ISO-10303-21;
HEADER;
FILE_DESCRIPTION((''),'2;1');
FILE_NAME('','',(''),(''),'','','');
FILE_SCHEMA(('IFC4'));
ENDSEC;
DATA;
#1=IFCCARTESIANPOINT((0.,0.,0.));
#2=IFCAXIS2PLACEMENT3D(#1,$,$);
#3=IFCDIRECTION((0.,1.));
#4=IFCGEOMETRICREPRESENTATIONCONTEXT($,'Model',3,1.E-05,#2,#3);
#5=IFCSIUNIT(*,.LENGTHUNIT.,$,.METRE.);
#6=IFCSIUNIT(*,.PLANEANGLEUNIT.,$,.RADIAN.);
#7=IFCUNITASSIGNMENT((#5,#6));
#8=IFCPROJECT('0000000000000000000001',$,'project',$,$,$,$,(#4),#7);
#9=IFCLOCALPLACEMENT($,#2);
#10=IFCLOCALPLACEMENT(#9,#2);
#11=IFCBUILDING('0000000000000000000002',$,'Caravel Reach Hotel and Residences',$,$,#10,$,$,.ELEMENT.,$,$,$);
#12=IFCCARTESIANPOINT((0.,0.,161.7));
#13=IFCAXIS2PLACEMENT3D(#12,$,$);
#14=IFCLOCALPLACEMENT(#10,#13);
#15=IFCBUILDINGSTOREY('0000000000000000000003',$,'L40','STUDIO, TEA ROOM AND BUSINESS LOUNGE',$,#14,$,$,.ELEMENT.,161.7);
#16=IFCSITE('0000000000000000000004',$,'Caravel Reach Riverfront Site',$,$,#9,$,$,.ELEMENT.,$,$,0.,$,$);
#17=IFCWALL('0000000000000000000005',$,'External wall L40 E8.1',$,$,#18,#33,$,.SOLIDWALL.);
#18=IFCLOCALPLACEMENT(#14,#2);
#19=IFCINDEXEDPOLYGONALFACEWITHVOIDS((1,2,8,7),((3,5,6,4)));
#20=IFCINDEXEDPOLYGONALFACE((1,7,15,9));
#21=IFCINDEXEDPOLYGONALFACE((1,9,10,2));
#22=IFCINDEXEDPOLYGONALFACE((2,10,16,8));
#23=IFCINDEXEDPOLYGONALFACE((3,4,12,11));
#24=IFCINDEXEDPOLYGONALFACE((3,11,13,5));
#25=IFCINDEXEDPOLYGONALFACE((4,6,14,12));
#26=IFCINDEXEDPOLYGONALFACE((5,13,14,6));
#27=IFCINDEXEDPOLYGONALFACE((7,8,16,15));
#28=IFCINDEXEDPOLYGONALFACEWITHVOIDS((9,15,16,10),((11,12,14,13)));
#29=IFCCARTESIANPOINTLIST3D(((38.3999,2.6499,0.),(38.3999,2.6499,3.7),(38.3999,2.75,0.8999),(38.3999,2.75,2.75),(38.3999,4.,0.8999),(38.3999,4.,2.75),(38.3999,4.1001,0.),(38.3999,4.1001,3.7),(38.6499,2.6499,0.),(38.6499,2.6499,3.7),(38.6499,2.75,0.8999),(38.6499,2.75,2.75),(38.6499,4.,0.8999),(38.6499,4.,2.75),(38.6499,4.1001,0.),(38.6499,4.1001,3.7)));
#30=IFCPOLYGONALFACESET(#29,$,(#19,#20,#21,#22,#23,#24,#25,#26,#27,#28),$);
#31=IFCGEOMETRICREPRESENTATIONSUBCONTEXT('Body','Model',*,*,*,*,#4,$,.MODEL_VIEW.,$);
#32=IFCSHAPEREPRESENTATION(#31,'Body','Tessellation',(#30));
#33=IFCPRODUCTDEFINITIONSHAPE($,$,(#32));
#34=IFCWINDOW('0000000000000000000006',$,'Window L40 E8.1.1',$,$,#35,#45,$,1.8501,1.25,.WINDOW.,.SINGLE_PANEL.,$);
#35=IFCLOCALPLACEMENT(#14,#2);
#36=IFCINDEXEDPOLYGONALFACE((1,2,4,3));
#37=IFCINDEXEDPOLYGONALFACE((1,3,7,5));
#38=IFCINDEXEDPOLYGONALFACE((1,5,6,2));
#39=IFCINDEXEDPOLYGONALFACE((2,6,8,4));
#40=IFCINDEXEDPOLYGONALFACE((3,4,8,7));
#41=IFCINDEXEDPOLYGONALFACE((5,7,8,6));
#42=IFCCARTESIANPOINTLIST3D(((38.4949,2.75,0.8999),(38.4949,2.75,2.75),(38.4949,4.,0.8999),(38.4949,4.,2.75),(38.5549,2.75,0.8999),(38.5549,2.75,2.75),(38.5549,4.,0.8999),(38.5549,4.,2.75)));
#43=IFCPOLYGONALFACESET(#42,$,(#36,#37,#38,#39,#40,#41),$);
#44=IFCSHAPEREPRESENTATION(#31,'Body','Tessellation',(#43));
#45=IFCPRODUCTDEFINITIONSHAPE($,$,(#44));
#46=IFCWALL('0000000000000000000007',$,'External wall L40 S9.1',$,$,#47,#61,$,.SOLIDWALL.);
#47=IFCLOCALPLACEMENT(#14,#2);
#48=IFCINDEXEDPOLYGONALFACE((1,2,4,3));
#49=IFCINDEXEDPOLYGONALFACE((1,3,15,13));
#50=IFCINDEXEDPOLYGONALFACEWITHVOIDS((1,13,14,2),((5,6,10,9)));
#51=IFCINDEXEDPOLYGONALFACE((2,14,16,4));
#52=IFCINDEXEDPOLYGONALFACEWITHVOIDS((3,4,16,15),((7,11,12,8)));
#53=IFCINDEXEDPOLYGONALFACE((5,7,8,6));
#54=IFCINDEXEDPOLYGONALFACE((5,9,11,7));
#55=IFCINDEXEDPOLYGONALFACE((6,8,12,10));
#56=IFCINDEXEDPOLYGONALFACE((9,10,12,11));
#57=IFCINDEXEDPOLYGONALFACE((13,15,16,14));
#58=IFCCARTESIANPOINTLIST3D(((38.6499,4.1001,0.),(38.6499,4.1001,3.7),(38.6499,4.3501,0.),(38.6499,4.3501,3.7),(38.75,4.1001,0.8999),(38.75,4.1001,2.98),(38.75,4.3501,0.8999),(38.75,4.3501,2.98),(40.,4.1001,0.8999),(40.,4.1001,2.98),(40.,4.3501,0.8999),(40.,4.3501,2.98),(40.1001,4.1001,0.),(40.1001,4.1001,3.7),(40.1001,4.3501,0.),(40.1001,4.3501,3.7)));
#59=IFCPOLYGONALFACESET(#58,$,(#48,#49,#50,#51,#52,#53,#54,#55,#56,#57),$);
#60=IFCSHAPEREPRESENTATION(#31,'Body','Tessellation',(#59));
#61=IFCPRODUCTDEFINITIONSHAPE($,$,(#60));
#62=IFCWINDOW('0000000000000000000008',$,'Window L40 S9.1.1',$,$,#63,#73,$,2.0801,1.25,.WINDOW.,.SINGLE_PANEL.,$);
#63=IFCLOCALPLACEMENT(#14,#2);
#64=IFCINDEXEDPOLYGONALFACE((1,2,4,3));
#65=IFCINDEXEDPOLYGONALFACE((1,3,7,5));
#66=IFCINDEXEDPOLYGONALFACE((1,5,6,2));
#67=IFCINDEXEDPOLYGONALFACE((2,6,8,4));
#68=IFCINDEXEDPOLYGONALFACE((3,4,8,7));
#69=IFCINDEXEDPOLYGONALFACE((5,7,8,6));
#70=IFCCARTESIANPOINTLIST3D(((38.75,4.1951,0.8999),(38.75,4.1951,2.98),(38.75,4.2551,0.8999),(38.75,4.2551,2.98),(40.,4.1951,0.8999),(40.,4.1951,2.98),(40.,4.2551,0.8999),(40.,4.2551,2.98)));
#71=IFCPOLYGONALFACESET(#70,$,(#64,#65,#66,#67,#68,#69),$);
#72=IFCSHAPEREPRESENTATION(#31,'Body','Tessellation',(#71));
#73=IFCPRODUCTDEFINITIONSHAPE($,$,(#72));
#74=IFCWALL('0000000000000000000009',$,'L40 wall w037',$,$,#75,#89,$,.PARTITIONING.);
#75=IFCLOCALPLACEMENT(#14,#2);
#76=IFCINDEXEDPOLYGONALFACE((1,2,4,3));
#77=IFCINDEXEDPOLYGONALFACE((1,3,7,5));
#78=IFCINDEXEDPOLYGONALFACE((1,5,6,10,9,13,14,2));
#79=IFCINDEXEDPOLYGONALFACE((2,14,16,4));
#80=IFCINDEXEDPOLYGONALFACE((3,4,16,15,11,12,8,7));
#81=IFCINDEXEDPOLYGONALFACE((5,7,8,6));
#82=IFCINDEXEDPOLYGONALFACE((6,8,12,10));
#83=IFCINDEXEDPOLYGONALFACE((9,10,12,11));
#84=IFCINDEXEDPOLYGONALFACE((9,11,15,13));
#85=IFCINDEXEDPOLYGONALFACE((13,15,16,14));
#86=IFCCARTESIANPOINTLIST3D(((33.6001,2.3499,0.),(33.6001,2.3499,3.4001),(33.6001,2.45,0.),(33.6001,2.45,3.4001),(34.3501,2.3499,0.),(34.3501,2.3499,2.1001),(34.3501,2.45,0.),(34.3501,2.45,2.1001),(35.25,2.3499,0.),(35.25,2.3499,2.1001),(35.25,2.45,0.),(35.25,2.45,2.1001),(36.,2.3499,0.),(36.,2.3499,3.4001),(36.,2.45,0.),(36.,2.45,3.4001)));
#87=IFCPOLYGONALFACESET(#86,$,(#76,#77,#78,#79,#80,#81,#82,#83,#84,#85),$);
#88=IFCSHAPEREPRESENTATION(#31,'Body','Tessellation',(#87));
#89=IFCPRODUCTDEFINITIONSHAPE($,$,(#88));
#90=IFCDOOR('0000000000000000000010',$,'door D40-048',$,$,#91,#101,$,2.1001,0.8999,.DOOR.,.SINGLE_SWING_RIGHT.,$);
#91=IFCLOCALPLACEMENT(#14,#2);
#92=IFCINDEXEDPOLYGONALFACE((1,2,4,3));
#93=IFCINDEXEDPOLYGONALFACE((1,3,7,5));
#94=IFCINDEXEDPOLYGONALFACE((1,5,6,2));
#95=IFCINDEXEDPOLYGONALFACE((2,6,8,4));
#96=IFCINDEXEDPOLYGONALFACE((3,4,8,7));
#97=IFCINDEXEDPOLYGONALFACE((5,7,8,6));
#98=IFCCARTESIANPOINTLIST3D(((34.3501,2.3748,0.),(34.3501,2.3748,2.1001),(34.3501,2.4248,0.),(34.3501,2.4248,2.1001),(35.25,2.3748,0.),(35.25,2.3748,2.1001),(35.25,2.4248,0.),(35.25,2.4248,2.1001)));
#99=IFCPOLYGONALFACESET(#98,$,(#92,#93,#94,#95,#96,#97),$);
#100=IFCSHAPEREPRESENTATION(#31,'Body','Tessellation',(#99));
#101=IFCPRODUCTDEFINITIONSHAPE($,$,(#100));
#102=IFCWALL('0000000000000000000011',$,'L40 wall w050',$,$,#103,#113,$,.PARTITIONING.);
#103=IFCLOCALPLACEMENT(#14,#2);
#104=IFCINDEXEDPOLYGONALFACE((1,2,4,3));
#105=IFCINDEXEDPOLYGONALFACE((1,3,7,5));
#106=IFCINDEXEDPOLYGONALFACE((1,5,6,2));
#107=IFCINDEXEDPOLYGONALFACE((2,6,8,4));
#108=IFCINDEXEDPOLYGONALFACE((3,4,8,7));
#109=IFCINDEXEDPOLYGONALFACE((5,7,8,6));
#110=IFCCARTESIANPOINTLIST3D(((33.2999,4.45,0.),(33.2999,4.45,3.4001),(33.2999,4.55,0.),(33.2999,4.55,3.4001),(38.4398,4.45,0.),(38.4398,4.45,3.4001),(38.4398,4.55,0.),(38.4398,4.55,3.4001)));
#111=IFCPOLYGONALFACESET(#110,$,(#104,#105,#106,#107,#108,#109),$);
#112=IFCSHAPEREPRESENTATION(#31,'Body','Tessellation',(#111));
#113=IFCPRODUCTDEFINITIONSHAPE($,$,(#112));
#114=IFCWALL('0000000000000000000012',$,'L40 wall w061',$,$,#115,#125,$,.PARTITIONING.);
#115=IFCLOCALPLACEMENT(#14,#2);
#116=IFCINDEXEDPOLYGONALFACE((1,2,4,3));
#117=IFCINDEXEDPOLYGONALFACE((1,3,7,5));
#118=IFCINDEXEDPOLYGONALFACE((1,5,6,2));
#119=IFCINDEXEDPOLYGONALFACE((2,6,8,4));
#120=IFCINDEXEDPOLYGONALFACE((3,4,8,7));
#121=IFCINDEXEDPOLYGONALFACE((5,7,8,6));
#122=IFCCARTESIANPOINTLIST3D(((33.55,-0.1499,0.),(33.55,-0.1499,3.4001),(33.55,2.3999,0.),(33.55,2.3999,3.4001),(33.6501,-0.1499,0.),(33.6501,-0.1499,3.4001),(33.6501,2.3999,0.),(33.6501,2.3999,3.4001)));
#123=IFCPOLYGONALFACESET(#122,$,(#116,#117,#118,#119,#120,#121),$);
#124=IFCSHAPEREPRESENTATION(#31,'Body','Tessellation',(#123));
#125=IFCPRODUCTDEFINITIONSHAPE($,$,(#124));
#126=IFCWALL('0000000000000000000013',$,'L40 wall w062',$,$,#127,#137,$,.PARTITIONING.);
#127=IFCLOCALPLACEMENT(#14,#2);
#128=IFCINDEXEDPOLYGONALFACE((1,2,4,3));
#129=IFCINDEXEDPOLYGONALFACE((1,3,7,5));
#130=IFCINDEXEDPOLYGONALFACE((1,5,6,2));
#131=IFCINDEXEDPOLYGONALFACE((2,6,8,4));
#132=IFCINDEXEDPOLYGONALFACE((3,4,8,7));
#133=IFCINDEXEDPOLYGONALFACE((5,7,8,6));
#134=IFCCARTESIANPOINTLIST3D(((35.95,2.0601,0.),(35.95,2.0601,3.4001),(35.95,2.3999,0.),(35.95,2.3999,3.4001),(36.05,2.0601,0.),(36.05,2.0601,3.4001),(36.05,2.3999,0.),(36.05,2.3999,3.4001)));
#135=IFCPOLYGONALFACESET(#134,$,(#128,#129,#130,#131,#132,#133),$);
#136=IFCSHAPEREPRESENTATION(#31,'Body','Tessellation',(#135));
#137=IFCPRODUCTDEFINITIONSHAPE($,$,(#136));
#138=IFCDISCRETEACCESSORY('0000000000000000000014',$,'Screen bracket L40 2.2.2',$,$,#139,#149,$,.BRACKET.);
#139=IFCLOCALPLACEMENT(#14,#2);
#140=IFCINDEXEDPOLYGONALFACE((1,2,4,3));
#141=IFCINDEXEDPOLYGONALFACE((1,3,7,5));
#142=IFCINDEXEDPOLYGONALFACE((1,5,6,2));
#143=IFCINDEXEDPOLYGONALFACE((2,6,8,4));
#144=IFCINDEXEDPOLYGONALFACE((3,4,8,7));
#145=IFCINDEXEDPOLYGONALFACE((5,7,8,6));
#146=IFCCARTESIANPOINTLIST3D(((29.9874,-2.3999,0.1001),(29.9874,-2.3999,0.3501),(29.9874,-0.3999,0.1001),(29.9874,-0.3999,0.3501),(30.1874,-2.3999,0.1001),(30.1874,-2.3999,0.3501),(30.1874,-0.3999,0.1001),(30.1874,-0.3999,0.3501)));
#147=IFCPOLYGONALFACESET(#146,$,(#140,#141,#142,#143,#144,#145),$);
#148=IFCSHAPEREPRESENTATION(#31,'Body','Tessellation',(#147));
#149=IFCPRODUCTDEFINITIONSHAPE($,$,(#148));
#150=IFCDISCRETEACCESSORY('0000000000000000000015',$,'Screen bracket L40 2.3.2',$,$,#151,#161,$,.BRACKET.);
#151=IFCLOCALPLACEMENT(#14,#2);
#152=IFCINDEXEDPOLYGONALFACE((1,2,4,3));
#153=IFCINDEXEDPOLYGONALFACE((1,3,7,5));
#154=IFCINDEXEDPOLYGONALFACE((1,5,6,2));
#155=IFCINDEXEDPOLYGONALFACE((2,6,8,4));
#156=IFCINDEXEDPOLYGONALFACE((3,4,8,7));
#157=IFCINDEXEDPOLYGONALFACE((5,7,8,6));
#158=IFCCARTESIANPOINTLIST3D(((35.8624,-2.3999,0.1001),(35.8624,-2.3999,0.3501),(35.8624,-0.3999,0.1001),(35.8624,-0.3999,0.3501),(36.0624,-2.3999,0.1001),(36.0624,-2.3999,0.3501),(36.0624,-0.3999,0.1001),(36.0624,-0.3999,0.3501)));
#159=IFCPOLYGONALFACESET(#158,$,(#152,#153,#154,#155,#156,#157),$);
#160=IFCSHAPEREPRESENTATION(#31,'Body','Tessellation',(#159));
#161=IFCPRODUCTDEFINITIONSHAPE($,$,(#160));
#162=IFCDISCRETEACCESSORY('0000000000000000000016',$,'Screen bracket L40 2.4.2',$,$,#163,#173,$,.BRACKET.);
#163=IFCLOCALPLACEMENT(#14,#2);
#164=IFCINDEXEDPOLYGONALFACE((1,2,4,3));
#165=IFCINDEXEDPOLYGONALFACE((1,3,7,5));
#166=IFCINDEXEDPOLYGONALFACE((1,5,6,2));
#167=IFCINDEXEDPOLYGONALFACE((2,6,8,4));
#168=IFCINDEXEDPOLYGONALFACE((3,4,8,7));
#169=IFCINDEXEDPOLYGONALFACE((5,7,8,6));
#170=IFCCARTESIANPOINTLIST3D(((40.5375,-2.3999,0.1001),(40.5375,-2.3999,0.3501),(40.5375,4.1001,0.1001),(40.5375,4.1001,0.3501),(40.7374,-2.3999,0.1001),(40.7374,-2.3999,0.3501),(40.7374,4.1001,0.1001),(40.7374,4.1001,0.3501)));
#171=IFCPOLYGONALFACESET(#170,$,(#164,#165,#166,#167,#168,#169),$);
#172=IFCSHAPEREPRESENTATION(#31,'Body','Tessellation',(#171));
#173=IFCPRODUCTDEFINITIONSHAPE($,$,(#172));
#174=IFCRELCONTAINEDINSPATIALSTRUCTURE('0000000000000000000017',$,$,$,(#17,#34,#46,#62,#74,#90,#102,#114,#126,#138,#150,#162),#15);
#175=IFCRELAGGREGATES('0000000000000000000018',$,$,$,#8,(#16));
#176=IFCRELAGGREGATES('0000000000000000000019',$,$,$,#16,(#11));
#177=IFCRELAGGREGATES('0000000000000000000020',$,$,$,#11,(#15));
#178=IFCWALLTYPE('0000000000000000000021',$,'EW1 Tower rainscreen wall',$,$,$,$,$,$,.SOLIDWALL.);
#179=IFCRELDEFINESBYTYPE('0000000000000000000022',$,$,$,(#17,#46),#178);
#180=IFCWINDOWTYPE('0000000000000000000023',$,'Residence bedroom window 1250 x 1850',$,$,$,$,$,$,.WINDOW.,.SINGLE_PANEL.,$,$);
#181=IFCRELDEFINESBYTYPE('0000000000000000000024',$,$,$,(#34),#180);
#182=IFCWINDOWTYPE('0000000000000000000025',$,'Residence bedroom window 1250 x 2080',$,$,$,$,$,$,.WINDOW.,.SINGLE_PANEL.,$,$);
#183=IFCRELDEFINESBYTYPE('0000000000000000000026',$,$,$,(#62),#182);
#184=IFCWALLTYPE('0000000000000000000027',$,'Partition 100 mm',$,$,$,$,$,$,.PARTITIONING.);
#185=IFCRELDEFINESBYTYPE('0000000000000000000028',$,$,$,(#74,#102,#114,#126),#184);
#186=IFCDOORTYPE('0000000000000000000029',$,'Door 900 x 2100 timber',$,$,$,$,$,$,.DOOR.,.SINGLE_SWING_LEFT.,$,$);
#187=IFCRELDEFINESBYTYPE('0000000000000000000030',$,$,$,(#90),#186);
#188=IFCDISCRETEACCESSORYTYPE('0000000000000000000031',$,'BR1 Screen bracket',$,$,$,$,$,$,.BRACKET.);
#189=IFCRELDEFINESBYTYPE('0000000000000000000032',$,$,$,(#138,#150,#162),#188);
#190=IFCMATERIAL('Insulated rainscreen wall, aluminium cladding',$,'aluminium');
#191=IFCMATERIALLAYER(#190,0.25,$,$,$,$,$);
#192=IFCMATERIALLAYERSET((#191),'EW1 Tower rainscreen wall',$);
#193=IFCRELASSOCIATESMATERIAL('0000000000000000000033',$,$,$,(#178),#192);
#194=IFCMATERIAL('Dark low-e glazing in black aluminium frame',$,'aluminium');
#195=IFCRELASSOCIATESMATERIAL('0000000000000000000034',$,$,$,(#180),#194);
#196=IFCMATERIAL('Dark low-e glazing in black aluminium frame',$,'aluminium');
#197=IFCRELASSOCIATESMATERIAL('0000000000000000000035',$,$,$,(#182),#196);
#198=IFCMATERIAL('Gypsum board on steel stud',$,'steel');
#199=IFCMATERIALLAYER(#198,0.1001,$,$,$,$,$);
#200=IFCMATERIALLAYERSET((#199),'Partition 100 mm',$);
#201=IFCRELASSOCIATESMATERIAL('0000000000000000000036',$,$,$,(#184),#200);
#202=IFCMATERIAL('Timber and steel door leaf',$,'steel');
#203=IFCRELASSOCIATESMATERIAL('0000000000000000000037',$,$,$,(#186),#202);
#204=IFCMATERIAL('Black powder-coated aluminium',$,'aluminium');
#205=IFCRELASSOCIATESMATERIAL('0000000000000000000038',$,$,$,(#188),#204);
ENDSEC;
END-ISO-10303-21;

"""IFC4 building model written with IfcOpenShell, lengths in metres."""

from ifc_helpers import new_model, si_unit, direction, frame, frame_2d, origin, origin_2d, place, context, subcontext, project, spatial, rectangle, extrude, material, layer, layer_set, type_object, element, fill, save


model = new_model("IFC4")

# Units and contexts
model_context = context("Model", 3, precision=1e-05, world=origin(), true_north=direction((0.0, 1.0)))
body_context = subcontext(model_context, "Body", "Model", "MODEL_VIEW")
ifc_project = project(units=[si_unit("LENGTHUNIT", "METRE"), si_unit("PLANEANGLEUNIT", "RADIAN")], contexts=[model_context])

# Site, building, storey
site_placement = place(None, origin())
site = spatial("IfcSite", under=ifc_project, at=site_placement, Name="Caravel Reach Riverfront Site", CompositionType="ELEMENT", RefElevation=0.0)
building_placement = place(site_placement, origin())
building = spatial("IfcBuilding", under=site, at=building_placement, Name="Caravel Reach Hotel and Residences", CompositionType="ELEMENT")
storey_placement = place(building_placement, frame((0.0, 0.0, 161.7)))
storey = spatial("IfcBuildingStorey", under=building, at=storey_placement, Name="L40", Description="STUDIO, TEA ROOM AND BUSINESS LOUNGE", CompositionType="ELEMENT", Elevation=161.7)

# Walls, openings, windows
ifc_material_1 = material(Name="Insulated rainscreen wall, aluminium cladding", Category="aluminium")
ifc_layer_1 = layer(ifc_material_1, 0.25)
ifc_layer_set_1 = layer_set([ifc_layer_1], Name="EW1 Tower rainscreen wall")
wall_type_1 = type_object("IfcWallType", Name="EW1 Tower rainscreen wall", PredefinedType="SOLIDWALL", material=ifc_layer_set_1)
ifc_material_2 = material(Name="Dark low-e glazing in black aluminium frame", Category="aluminium")
window_type_1 = type_object("IfcWindowType", Name="Residence bedroom window 1250 x 1850", PartitioningType="SINGLE_PANEL", PredefinedType="WINDOW", material=ifc_material_2)
wall_1_placement = place(storey_placement, frame((38.5249, 2.6499, 0.0), z_axis=(0.0, 0.0, 1.0), x_axis=(0.0, 1.0, 0.0)))
wall_1 = element("IfcWall", 1, at=wall_1_placement, inside=storey, type_object=wall_type_1, Name="External wall L40 E8.1", PredefinedType="SOLIDWALL", context=body_context, shape_type="SweptSolid", body=[
    extrude(rectangle(XDim=1.4502, YDim=0.25, at=frame_2d((0.7251, 0.0))), origin(), (0.0, 0.0, 1.0), 3.7),
])
opening_1_placement = place(wall_1_placement, frame((0.1001, 0.0, 0.8999)))
opening_1 = element("IfcOpeningElement", 2, at=opening_1_placement, cuts=wall_1, PredefinedType="OPENING", context=body_context, shape_type="SweptSolid", body=[
    extrude(rectangle(XDim=1.25, YDim=1.8501, at=frame_2d((0.625, 0.925))), frame((0.0, 0.135, 0.0), z_axis=(0.0, -1.0, 0.0), x_axis=(1.0, 0.0, 0.0)), (0.0, 0.0, 1.0), 0.27),
])
window_1_placement = place(opening_1_placement, origin())
window_1 = element("IfcWindow", 3, at=window_1_placement, inside=storey, type_object=window_type_1, Name="Window L40 E8.1.1", OverallHeight=1.8501, OverallWidth=1.25, PartitioningType="SINGLE_PANEL", PredefinedType="WINDOW", context=body_context, shape_type="SweptSolid", body=[
    extrude(rectangle(XDim=1.25, YDim=1.8501, at=frame_2d((0.625, 0.925))), frame((0.0, 0.03, 0.0), z_axis=(0.0, -1.0, 0.0), x_axis=(1.0, 0.0, 0.0)), (0.0, 0.0, 1.0), 0.0601),
])
fill(opening_1, window_1)
wall_2_placement = place(storey_placement, frame((38.6499, 4.2251, 0.0), z_axis=(0.0, 0.0, 1.0), x_axis=(1.0, 0.0, 0.0)))
wall_2 = element("IfcWall", 4, at=wall_2_placement, inside=storey, type_object=wall_type_1, Name="External wall L40 S9.1", PredefinedType="SOLIDWALL", context=body_context, shape_type="SweptSolid", body=[
    extrude(rectangle(XDim=1.4502, YDim=0.25, at=frame_2d((0.7251, 0.0))), origin(), (0.0, 0.0, 1.0), 3.7),
])
opening_2_placement = place(wall_2_placement, frame((0.1001, 0.0, 0.8999)))
opening_2 = element("IfcOpeningElement", 5, at=opening_2_placement, cuts=wall_2, PredefinedType="OPENING", context=body_context, shape_type="SweptSolid", body=[
    extrude(rectangle(XDim=1.25, YDim=2.0801, at=frame_2d((0.625, 1.04))), frame((0.0, 0.135, 0.0), z_axis=(0.0, -1.0, 0.0), x_axis=(1.0, 0.0, 0.0)), (0.0, 0.0, 1.0), 0.27),
])
ifc_material_3 = material(Name="Dark low-e glazing in black aluminium frame", Category="aluminium")
window_type_2 = type_object("IfcWindowType", Name="Residence bedroom window 1250 x 2080", PartitioningType="SINGLE_PANEL", PredefinedType="WINDOW", material=ifc_material_3)
window_2_placement = place(opening_2_placement, origin())
window_2 = element("IfcWindow", 6, at=window_2_placement, inside=storey, type_object=window_type_2, Name="Window L40 S9.1.1", OverallHeight=2.0801, OverallWidth=1.25, PartitioningType="SINGLE_PANEL", PredefinedType="WINDOW", context=body_context, shape_type="SweptSolid", body=[
    extrude(rectangle(XDim=1.25, YDim=2.0801, at=frame_2d((0.625, 1.04))), frame((0.0, 0.03, 0.0), z_axis=(0.0, -1.0, 0.0), x_axis=(1.0, 0.0, 0.0)), (0.0, 0.0, 1.0), 0.0601),
])
fill(opening_2, window_2)

# Wall, opening, door
ifc_material_4 = material(Name="Gypsum board on steel stud", Category="steel")
ifc_layer_2 = layer(ifc_material_4, 0.1001)
ifc_layer_set_2 = layer_set([ifc_layer_2], Name="Partition 100 mm")
wall_type_2 = type_object("IfcWallType", Name="Partition 100 mm", PredefinedType="PARTITIONING", material=ifc_layer_set_2)
wall_3_placement = place(storey_placement, frame((33.6001, 2.3999, 0.0), z_axis=(0.0, 0.0, 1.0), x_axis=(1.0, 0.0, 0.0)))
wall_3 = element("IfcWall", 7, at=wall_3_placement, inside=storey, type_object=wall_type_2, Name="L40 wall w037", PredefinedType="PARTITIONING", context=body_context, shape_type="SweptSolid", body=[
    extrude(rectangle(XDim=2.3999, YDim=0.1001, at=frame_2d((1.2, 0.0))), origin(), (0.0, 0.0, 1.0), 3.4001),
])
opening_3_placement = place(wall_3_placement, frame((0.75, 0.0, 0.0)))
opening_3 = element("IfcOpeningElement", 8, at=opening_3_placement, cuts=wall_3, PredefinedType="OPENING", context=body_context, shape_type="SweptSolid", body=[
    extrude(rectangle(XDim=0.8999, YDim=2.1001, at=frame_2d((0.45, 1.05))), frame((0.0, 0.0601, 0.0), z_axis=(0.0, -1.0, 0.0), x_axis=(1.0, 0.0, 0.0)), (0.0, 0.0, 1.0), 0.1201),
])
ifc_material_5 = material(Name="Timber and steel door leaf", Category="steel")
door_type_1 = type_object("IfcDoorType", Name="Door 900 x 2100 timber", OperationType="SINGLE_SWING_LEFT", PredefinedType="DOOR", material=ifc_material_5)
door_1_placement = place(opening_3_placement, origin())
door_1 = element("IfcDoor", 9, at=door_1_placement, inside=storey, type_object=door_type_1, Name="door D40-048", OperationType="SINGLE_SWING_RIGHT", OverallHeight=2.1001, OverallWidth=0.8999, PredefinedType="DOOR", context=body_context, shape_type="SweptSolid", body=[
    extrude(rectangle(XDim=0.8999, YDim=2.1001, at=frame_2d((0.45, 1.05))), frame((0.0, 0.0249, 0.0), z_axis=(0.0, -1.0, 0.0), x_axis=(1.0, 0.0, 0.0)), (0.0, 0.0, 1.0), 0.05),
])
fill(opening_3, door_1)

# Walls
wall_4_placement = place(storey_placement, frame((33.3, 4.5, 0.0), z_axis=(0.0, 0.0, 1.0), x_axis=(1.0, 0.0, 0.0)))
element("IfcWall", 10, at=wall_4_placement, inside=storey, type_object=wall_type_2, Name="L40 wall w050", PredefinedType="PARTITIONING", context=body_context, shape_type="SweptSolid", body=[
    extrude(rectangle(XDim=5.1399, YDim=0.1001, at=frame_2d((2.5698, 0.0))), origin(), (0.0, 0.0, 1.0), 3.4001),
])
wall_5_placement = place(storey_placement, frame((33.6001, -0.1499, 0.0), z_axis=(0.0, 0.0, 1.0), x_axis=(0.0, 1.0, 0.0)))
element("IfcWall", 11, at=wall_5_placement, inside=storey, type_object=wall_type_2, Name="L40 wall w061", PredefinedType="PARTITIONING", context=body_context, shape_type="SweptSolid", body=[
    extrude(rectangle(XDim=2.5498, YDim=0.1001, at=frame_2d((1.2749, 0.0))), origin(), (0.0, 0.0, 1.0), 3.4001),
])
wall_6_placement = place(storey_placement, frame((36.0, 2.0601, 0.0), z_axis=(0.0, 0.0, 1.0), x_axis=(0.0, 1.0, 0.0)))
element("IfcWall", 12, at=wall_6_placement, inside=storey, type_object=wall_type_2, Name="L40 wall w062", PredefinedType="PARTITIONING", context=body_context, shape_type="SweptSolid", body=[
    extrude(rectangle(XDim=0.3398, YDim=0.1001, at=frame_2d((0.1699, 0.0))), origin(), (0.0, 0.0, 1.0), 3.4001),
])

# Discrete accessories
ifc_material_6 = material(Name="Black powder-coated aluminium", Category="aluminium")
discrete_accessory_type = type_object("IfcDiscreteAccessoryType", Name="BR1 Screen bracket", PredefinedType="BRACKET", material=ifc_material_6)
for number, where, z_axis, x_axis, name in (
    (13, (30.0874, -1.3999, 0.1001), (0.0, 0.0, 1.0), (0.0, -1.0, 0.0), "Screen bracket L40 2.2.2"),
    (14, (35.9624, -1.3999, 0.1001), (0.0, 0.0, 1.0), (0.0, -1.0, 0.0), "Screen bracket L40 2.3.2"),
):
    element("IfcDiscreteAccessory", number, at=place(storey_placement, frame(where, z_axis=z_axis, x_axis=x_axis)), inside=storey, type_object=discrete_accessory_type, Name=name, PredefinedType="BRACKET", context=body_context, shape_type="SweptSolid", body=[
        extrude(rectangle(XDim=2.0, YDim=0.2, at=origin_2d()), origin(), (0.0, 0.0, 1.0), 0.25),
    ])
for number, where, z_axis, x_axis, name in (
    (15, (40.6375, 0.8501, 0.1001), (0.0, 0.0, 1.0), (0.0, -1.0, 0.0), "Screen bracket L40 2.4.2"),
):
    element("IfcDiscreteAccessory", number, at=place(storey_placement, frame(where, z_axis=z_axis, x_axis=x_axis)), inside=storey, type_object=discrete_accessory_type, Name=name, PredefinedType="BRACKET", context=body_context, shape_type="SweptSolid", body=[
        extrude(rectangle(XDim=6.5, YDim=0.2, at=origin_2d()), origin(), (0.0, 0.0, 1.0), 0.25),
    ])

save(model, "model.ifc")
